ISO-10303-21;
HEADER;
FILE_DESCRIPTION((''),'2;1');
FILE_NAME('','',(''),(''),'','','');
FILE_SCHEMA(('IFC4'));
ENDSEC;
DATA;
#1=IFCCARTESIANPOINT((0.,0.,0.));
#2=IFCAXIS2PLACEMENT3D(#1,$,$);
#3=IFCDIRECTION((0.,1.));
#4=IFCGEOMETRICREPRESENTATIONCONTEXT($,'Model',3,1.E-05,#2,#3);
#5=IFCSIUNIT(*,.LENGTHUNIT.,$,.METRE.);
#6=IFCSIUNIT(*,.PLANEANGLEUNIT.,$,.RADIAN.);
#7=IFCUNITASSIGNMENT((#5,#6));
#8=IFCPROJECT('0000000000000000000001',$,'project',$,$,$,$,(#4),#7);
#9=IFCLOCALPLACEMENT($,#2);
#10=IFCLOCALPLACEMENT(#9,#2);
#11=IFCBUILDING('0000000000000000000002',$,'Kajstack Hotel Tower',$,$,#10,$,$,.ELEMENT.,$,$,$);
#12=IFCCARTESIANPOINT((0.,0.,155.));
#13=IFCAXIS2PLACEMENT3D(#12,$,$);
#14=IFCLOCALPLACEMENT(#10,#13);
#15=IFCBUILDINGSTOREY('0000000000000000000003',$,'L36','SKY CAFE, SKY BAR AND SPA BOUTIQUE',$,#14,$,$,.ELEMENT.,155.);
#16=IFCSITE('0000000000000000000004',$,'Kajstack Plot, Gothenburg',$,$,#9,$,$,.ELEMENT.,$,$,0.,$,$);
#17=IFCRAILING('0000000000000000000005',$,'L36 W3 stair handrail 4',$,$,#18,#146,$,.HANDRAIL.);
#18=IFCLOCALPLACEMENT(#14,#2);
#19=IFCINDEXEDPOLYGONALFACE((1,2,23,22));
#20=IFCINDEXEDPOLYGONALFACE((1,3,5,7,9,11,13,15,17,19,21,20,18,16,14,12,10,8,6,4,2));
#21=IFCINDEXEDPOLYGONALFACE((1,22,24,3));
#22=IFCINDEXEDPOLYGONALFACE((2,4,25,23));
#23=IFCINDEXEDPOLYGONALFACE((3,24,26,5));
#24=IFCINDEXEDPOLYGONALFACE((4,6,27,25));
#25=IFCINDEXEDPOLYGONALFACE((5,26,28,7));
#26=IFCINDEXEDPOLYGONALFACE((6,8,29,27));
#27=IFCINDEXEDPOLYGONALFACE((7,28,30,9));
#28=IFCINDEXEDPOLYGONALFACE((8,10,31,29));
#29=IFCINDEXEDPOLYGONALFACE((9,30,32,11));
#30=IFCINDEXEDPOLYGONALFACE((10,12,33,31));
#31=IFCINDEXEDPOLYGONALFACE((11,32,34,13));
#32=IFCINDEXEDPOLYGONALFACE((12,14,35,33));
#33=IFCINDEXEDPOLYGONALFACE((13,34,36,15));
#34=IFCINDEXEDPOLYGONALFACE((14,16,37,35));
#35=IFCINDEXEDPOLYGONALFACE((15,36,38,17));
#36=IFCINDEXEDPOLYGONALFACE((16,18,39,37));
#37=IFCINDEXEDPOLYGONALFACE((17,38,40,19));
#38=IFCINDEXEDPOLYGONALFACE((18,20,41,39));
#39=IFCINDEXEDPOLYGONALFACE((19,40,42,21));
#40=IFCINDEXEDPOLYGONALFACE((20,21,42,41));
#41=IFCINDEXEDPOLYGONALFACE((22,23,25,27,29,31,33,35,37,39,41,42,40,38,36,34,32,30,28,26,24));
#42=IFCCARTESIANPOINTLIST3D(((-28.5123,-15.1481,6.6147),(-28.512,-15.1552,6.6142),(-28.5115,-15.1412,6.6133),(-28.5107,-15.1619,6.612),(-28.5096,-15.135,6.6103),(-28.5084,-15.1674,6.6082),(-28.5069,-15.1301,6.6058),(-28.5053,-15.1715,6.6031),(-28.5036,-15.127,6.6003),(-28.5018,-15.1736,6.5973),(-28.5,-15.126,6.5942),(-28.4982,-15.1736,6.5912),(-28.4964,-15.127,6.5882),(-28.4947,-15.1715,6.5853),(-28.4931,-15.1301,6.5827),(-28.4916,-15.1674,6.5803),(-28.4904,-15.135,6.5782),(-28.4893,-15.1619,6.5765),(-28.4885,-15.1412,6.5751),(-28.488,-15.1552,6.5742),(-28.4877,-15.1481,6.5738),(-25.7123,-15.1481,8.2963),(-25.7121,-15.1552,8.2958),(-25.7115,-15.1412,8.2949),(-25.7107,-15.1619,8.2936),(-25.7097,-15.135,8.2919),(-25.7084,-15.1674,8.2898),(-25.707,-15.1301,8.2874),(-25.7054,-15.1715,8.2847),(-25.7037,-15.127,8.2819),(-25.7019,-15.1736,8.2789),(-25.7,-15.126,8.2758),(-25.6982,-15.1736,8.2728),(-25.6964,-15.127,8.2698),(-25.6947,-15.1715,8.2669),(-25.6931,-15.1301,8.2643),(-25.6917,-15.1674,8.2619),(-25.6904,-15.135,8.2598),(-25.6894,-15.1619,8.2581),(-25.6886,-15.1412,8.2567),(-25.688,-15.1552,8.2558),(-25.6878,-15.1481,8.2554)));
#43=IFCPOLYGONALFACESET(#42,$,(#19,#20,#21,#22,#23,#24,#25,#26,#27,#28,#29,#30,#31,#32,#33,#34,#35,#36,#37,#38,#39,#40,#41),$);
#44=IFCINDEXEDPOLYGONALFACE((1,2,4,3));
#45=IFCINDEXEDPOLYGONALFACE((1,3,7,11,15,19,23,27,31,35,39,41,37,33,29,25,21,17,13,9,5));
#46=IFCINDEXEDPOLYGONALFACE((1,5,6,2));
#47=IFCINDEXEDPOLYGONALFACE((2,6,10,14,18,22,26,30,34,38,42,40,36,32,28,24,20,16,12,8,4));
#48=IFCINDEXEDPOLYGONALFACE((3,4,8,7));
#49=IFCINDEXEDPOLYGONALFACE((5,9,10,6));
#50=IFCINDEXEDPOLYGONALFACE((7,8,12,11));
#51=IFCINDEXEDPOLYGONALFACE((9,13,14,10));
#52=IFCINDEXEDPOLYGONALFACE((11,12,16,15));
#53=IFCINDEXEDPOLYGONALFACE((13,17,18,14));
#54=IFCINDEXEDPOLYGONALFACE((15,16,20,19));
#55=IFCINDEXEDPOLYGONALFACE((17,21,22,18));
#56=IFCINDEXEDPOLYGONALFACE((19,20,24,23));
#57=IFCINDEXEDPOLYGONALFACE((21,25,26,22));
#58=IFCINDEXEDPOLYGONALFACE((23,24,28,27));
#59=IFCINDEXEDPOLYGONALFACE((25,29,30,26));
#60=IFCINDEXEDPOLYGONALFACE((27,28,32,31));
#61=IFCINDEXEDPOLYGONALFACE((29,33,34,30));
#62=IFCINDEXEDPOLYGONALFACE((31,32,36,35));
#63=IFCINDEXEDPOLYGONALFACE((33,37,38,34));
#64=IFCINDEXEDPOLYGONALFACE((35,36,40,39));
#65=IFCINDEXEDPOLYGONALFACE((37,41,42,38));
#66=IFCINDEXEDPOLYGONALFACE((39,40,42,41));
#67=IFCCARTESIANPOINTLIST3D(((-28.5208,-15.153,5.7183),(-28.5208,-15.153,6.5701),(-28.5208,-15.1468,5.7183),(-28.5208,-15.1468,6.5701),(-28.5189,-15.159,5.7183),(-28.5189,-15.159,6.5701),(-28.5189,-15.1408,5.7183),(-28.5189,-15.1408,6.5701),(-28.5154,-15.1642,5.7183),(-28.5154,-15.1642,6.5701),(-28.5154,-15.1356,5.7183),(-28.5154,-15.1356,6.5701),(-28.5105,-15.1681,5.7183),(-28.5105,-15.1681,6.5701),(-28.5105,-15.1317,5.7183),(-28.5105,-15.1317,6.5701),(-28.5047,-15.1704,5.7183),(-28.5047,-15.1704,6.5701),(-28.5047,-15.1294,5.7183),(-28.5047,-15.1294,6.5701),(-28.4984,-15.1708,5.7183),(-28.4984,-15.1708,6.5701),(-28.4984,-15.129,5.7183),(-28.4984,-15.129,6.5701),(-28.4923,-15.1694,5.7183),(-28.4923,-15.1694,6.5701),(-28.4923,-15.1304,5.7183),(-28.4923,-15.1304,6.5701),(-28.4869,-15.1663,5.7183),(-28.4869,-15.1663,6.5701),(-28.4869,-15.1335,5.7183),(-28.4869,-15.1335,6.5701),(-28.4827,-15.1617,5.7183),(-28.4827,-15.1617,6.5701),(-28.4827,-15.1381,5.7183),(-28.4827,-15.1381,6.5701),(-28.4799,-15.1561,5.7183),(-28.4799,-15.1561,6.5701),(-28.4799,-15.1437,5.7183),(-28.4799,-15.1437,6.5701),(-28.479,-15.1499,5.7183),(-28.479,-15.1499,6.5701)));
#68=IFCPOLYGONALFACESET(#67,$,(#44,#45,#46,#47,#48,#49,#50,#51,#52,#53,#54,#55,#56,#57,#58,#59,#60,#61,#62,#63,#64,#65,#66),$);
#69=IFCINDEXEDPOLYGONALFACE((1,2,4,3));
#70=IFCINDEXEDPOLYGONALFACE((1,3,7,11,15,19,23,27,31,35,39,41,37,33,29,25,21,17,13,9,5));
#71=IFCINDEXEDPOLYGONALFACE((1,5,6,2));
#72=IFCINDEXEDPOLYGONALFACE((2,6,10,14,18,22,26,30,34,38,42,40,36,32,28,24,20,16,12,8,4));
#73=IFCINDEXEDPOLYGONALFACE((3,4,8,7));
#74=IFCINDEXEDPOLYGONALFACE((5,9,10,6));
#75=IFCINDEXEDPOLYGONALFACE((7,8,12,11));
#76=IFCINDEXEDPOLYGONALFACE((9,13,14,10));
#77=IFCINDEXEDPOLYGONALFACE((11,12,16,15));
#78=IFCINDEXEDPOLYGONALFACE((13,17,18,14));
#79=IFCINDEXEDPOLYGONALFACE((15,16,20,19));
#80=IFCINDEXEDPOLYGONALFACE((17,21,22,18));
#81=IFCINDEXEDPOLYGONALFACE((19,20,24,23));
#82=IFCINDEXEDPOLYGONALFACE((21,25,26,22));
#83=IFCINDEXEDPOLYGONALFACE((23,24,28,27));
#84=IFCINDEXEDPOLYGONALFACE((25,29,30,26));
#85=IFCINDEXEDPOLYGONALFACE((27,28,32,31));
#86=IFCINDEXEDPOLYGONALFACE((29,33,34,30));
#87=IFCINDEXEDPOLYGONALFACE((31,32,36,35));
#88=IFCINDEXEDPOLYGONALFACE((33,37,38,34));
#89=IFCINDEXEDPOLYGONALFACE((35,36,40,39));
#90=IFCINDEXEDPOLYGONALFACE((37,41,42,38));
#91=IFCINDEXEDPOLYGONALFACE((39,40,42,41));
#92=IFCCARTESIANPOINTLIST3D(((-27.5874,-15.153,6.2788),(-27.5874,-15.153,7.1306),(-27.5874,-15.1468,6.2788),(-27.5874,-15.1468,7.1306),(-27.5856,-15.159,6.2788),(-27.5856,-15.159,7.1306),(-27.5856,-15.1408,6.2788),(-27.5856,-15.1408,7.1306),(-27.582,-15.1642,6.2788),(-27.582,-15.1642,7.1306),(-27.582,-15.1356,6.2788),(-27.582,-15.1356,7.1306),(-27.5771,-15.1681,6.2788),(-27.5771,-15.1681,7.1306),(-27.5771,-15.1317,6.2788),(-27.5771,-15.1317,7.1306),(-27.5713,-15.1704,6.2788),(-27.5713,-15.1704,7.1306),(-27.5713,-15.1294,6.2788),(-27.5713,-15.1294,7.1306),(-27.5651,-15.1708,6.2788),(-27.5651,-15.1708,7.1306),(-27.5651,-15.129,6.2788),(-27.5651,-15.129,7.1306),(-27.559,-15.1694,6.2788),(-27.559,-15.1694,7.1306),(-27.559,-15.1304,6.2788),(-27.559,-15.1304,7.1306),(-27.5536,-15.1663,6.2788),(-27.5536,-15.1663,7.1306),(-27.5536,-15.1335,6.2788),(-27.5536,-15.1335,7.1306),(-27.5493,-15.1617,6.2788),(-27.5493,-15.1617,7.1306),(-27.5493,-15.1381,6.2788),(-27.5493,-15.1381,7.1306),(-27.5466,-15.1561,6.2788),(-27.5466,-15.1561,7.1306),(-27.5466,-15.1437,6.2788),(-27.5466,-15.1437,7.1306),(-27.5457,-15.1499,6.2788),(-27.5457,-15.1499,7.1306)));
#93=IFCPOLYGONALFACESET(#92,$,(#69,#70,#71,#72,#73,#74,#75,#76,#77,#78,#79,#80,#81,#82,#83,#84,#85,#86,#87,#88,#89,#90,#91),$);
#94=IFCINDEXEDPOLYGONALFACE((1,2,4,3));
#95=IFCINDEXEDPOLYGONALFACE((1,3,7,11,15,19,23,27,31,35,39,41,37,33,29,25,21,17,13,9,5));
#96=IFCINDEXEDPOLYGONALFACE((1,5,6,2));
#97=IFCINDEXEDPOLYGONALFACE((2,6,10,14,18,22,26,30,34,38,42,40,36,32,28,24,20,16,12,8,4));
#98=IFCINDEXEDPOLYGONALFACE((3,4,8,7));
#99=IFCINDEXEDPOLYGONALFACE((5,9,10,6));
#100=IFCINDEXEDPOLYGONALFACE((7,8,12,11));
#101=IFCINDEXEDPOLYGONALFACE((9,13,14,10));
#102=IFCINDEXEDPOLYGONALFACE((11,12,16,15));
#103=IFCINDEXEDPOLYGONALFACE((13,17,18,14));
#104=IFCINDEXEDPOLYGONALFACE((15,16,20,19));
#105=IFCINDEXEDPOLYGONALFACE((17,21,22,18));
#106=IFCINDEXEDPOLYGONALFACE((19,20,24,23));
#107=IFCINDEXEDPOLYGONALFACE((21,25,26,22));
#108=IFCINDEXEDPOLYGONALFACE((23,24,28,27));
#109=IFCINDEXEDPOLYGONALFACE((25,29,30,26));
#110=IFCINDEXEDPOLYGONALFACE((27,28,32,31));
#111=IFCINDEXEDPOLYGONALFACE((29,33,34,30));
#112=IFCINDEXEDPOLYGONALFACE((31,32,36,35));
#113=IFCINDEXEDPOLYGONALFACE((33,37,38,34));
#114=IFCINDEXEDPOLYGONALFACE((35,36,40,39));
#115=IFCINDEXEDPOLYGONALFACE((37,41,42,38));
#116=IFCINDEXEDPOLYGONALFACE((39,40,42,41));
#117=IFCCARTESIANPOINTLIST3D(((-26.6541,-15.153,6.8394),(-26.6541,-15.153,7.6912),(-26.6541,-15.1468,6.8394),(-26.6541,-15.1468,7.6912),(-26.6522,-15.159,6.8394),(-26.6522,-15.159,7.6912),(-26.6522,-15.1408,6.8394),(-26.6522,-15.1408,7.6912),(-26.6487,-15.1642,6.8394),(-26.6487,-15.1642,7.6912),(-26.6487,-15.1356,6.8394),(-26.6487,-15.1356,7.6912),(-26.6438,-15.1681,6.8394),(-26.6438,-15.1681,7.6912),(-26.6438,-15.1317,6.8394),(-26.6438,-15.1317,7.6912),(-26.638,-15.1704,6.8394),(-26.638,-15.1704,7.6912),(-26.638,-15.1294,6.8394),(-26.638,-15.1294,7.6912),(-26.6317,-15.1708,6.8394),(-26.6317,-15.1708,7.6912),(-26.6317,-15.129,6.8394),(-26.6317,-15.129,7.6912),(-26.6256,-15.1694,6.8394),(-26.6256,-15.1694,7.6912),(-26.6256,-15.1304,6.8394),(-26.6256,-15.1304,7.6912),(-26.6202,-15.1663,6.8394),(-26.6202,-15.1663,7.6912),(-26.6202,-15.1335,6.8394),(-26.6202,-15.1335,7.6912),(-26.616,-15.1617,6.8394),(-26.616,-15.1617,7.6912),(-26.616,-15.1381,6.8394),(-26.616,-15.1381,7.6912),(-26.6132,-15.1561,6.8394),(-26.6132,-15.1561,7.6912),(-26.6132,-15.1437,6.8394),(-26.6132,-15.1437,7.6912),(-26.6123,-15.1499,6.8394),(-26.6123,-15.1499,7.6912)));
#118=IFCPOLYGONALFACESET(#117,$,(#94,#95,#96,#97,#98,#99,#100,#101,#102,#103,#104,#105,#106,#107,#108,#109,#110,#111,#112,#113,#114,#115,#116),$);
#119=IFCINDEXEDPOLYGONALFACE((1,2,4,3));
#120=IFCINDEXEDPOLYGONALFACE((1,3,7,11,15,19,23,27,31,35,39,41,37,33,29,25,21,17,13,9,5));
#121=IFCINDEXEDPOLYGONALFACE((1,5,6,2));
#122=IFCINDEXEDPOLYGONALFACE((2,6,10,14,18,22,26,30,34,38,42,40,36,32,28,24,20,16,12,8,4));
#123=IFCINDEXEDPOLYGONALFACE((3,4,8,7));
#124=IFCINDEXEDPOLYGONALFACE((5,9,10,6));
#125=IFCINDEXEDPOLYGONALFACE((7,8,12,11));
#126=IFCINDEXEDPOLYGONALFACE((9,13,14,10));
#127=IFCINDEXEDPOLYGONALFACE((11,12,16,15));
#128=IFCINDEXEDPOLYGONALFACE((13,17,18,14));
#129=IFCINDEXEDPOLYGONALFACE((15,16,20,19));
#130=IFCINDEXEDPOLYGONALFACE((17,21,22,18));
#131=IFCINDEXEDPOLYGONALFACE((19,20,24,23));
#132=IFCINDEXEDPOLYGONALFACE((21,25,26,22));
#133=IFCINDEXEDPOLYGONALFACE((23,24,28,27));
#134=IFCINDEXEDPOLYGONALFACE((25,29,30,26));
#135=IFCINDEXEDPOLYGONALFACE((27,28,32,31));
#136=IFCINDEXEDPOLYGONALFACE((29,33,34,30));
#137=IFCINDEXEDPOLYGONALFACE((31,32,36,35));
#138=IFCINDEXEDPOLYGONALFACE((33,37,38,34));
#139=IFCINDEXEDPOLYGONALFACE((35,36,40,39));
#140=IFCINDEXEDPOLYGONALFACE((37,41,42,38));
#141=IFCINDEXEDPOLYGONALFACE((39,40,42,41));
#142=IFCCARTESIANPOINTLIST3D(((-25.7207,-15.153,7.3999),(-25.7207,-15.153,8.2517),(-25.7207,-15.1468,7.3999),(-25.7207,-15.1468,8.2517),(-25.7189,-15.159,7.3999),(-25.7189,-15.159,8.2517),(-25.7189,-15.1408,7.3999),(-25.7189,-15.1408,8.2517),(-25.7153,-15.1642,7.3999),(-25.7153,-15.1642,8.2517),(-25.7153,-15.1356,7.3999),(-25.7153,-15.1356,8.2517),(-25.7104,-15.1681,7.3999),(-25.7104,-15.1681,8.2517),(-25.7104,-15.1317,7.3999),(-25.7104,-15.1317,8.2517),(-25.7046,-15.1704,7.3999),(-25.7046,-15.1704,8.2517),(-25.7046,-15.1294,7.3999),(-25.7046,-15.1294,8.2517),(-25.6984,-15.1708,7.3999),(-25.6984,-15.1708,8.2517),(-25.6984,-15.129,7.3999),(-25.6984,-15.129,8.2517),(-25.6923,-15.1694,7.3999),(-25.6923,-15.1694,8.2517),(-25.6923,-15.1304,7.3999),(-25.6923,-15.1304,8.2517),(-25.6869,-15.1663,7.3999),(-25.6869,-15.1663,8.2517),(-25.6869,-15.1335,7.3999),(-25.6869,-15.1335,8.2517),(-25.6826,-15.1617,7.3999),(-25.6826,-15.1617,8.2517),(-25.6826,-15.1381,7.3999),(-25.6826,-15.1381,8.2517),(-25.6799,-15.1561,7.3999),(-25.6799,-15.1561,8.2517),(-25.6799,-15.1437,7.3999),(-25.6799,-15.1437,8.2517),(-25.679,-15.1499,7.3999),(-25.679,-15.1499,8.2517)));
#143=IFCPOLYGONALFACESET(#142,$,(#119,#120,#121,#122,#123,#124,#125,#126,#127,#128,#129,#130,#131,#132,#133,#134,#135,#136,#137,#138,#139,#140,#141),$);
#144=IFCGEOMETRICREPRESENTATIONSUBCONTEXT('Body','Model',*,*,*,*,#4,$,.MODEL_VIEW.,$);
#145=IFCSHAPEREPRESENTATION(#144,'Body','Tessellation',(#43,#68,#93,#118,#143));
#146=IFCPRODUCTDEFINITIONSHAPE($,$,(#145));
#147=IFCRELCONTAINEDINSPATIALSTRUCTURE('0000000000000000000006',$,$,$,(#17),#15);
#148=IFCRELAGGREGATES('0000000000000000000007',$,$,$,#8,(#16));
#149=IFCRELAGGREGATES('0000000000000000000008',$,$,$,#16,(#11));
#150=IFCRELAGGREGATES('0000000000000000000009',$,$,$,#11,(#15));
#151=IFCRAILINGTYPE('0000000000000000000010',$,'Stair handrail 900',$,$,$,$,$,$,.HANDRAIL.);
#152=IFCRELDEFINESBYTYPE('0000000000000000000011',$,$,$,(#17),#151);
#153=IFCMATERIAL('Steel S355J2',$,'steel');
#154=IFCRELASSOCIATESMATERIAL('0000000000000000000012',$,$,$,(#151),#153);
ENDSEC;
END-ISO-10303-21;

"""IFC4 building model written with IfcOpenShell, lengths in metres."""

from ifc_helpers import new_model, si_unit, direction, frame, origin, origin_2d, place, context, subcontext, project, spatial, circle, extrude, material, type_object, element, save


model = new_model("IFC4")

# Units and contexts
model_context = context("Model", 3, precision=1e-05, world=origin(), true_north=direction((0.0, 1.0)))
body_context = subcontext(model_context, "Body", "Model", "MODEL_VIEW")
ifc_project = project(units=[si_unit("LENGTHUNIT", "METRE"), si_unit("PLANEANGLEUNIT", "RADIAN")], contexts=[model_context])

# Site, building, storey
site_placement = place(None, origin())
site = spatial("IfcSite", under=ifc_project, at=site_placement, Name="Kajstack Plot, Gothenburg", CompositionType="ELEMENT", RefElevation=0.0)
building_placement = place(site_placement, origin())
building = spatial("IfcBuilding", under=site, at=building_placement, Name="Kajstack Hotel Tower", CompositionType="ELEMENT")
storey_placement = place(building_placement, frame((0.0, 0.0, 155.0)))
storey = spatial("IfcBuildingStorey", under=building, at=storey_placement, Name="L36", Description="SKY CAFE, SKY BAR AND SPA BOUTIQUE", CompositionType="ELEMENT", Elevation=155.0)

# Railing
ifc_material_1 = material(Name="Steel S355J2", Category="steel")
railing_type_1 = type_object("IfcRailingType", Name="Stair handrail 900", PredefinedType="HANDRAIL", material=ifc_material_1)
railing_1_placement = place(storey_placement, frame((-28.5, -15.1499, 5.7183)))
element("IfcRailing", 1, at=railing_1_placement, inside=storey, type_object=railing_type_1, Name="L36 W3 stair handrail 4", PredefinedType="HANDRAIL", context=body_context, shape_type="SweptSolid", body=[
    extrude(circle(Radius=0.0239, at=origin_2d()), frame((0.0, 0.0, 0.876), z_axis=(0.857275, 0.0, 0.514858), x_axis=(0.0, 1.0, 0.0)), (0.0, 0.0, 1.0), 3.2661),
    extrude(circle(Radius=0.021, at=origin_2d()), origin(), (0.0, 0.0, 1.0), 0.8518),
    extrude(circle(Radius=0.021, at=origin_2d()), frame((0.9333, 0.0, 0.5605)), (0.0, 0.0, 1.0), 0.8518),
    extrude(circle(Radius=0.021, at=origin_2d()), frame((1.8667, 0.0, 1.1211)), (0.0, 0.0, 1.0), 0.8518),
    extrude(circle(Radius=0.021, at=origin_2d()), frame((2.8, 0.0, 1.6816)), (0.0, 0.0, 1.0), 0.8518),
])

save(model, "model.ifc")
